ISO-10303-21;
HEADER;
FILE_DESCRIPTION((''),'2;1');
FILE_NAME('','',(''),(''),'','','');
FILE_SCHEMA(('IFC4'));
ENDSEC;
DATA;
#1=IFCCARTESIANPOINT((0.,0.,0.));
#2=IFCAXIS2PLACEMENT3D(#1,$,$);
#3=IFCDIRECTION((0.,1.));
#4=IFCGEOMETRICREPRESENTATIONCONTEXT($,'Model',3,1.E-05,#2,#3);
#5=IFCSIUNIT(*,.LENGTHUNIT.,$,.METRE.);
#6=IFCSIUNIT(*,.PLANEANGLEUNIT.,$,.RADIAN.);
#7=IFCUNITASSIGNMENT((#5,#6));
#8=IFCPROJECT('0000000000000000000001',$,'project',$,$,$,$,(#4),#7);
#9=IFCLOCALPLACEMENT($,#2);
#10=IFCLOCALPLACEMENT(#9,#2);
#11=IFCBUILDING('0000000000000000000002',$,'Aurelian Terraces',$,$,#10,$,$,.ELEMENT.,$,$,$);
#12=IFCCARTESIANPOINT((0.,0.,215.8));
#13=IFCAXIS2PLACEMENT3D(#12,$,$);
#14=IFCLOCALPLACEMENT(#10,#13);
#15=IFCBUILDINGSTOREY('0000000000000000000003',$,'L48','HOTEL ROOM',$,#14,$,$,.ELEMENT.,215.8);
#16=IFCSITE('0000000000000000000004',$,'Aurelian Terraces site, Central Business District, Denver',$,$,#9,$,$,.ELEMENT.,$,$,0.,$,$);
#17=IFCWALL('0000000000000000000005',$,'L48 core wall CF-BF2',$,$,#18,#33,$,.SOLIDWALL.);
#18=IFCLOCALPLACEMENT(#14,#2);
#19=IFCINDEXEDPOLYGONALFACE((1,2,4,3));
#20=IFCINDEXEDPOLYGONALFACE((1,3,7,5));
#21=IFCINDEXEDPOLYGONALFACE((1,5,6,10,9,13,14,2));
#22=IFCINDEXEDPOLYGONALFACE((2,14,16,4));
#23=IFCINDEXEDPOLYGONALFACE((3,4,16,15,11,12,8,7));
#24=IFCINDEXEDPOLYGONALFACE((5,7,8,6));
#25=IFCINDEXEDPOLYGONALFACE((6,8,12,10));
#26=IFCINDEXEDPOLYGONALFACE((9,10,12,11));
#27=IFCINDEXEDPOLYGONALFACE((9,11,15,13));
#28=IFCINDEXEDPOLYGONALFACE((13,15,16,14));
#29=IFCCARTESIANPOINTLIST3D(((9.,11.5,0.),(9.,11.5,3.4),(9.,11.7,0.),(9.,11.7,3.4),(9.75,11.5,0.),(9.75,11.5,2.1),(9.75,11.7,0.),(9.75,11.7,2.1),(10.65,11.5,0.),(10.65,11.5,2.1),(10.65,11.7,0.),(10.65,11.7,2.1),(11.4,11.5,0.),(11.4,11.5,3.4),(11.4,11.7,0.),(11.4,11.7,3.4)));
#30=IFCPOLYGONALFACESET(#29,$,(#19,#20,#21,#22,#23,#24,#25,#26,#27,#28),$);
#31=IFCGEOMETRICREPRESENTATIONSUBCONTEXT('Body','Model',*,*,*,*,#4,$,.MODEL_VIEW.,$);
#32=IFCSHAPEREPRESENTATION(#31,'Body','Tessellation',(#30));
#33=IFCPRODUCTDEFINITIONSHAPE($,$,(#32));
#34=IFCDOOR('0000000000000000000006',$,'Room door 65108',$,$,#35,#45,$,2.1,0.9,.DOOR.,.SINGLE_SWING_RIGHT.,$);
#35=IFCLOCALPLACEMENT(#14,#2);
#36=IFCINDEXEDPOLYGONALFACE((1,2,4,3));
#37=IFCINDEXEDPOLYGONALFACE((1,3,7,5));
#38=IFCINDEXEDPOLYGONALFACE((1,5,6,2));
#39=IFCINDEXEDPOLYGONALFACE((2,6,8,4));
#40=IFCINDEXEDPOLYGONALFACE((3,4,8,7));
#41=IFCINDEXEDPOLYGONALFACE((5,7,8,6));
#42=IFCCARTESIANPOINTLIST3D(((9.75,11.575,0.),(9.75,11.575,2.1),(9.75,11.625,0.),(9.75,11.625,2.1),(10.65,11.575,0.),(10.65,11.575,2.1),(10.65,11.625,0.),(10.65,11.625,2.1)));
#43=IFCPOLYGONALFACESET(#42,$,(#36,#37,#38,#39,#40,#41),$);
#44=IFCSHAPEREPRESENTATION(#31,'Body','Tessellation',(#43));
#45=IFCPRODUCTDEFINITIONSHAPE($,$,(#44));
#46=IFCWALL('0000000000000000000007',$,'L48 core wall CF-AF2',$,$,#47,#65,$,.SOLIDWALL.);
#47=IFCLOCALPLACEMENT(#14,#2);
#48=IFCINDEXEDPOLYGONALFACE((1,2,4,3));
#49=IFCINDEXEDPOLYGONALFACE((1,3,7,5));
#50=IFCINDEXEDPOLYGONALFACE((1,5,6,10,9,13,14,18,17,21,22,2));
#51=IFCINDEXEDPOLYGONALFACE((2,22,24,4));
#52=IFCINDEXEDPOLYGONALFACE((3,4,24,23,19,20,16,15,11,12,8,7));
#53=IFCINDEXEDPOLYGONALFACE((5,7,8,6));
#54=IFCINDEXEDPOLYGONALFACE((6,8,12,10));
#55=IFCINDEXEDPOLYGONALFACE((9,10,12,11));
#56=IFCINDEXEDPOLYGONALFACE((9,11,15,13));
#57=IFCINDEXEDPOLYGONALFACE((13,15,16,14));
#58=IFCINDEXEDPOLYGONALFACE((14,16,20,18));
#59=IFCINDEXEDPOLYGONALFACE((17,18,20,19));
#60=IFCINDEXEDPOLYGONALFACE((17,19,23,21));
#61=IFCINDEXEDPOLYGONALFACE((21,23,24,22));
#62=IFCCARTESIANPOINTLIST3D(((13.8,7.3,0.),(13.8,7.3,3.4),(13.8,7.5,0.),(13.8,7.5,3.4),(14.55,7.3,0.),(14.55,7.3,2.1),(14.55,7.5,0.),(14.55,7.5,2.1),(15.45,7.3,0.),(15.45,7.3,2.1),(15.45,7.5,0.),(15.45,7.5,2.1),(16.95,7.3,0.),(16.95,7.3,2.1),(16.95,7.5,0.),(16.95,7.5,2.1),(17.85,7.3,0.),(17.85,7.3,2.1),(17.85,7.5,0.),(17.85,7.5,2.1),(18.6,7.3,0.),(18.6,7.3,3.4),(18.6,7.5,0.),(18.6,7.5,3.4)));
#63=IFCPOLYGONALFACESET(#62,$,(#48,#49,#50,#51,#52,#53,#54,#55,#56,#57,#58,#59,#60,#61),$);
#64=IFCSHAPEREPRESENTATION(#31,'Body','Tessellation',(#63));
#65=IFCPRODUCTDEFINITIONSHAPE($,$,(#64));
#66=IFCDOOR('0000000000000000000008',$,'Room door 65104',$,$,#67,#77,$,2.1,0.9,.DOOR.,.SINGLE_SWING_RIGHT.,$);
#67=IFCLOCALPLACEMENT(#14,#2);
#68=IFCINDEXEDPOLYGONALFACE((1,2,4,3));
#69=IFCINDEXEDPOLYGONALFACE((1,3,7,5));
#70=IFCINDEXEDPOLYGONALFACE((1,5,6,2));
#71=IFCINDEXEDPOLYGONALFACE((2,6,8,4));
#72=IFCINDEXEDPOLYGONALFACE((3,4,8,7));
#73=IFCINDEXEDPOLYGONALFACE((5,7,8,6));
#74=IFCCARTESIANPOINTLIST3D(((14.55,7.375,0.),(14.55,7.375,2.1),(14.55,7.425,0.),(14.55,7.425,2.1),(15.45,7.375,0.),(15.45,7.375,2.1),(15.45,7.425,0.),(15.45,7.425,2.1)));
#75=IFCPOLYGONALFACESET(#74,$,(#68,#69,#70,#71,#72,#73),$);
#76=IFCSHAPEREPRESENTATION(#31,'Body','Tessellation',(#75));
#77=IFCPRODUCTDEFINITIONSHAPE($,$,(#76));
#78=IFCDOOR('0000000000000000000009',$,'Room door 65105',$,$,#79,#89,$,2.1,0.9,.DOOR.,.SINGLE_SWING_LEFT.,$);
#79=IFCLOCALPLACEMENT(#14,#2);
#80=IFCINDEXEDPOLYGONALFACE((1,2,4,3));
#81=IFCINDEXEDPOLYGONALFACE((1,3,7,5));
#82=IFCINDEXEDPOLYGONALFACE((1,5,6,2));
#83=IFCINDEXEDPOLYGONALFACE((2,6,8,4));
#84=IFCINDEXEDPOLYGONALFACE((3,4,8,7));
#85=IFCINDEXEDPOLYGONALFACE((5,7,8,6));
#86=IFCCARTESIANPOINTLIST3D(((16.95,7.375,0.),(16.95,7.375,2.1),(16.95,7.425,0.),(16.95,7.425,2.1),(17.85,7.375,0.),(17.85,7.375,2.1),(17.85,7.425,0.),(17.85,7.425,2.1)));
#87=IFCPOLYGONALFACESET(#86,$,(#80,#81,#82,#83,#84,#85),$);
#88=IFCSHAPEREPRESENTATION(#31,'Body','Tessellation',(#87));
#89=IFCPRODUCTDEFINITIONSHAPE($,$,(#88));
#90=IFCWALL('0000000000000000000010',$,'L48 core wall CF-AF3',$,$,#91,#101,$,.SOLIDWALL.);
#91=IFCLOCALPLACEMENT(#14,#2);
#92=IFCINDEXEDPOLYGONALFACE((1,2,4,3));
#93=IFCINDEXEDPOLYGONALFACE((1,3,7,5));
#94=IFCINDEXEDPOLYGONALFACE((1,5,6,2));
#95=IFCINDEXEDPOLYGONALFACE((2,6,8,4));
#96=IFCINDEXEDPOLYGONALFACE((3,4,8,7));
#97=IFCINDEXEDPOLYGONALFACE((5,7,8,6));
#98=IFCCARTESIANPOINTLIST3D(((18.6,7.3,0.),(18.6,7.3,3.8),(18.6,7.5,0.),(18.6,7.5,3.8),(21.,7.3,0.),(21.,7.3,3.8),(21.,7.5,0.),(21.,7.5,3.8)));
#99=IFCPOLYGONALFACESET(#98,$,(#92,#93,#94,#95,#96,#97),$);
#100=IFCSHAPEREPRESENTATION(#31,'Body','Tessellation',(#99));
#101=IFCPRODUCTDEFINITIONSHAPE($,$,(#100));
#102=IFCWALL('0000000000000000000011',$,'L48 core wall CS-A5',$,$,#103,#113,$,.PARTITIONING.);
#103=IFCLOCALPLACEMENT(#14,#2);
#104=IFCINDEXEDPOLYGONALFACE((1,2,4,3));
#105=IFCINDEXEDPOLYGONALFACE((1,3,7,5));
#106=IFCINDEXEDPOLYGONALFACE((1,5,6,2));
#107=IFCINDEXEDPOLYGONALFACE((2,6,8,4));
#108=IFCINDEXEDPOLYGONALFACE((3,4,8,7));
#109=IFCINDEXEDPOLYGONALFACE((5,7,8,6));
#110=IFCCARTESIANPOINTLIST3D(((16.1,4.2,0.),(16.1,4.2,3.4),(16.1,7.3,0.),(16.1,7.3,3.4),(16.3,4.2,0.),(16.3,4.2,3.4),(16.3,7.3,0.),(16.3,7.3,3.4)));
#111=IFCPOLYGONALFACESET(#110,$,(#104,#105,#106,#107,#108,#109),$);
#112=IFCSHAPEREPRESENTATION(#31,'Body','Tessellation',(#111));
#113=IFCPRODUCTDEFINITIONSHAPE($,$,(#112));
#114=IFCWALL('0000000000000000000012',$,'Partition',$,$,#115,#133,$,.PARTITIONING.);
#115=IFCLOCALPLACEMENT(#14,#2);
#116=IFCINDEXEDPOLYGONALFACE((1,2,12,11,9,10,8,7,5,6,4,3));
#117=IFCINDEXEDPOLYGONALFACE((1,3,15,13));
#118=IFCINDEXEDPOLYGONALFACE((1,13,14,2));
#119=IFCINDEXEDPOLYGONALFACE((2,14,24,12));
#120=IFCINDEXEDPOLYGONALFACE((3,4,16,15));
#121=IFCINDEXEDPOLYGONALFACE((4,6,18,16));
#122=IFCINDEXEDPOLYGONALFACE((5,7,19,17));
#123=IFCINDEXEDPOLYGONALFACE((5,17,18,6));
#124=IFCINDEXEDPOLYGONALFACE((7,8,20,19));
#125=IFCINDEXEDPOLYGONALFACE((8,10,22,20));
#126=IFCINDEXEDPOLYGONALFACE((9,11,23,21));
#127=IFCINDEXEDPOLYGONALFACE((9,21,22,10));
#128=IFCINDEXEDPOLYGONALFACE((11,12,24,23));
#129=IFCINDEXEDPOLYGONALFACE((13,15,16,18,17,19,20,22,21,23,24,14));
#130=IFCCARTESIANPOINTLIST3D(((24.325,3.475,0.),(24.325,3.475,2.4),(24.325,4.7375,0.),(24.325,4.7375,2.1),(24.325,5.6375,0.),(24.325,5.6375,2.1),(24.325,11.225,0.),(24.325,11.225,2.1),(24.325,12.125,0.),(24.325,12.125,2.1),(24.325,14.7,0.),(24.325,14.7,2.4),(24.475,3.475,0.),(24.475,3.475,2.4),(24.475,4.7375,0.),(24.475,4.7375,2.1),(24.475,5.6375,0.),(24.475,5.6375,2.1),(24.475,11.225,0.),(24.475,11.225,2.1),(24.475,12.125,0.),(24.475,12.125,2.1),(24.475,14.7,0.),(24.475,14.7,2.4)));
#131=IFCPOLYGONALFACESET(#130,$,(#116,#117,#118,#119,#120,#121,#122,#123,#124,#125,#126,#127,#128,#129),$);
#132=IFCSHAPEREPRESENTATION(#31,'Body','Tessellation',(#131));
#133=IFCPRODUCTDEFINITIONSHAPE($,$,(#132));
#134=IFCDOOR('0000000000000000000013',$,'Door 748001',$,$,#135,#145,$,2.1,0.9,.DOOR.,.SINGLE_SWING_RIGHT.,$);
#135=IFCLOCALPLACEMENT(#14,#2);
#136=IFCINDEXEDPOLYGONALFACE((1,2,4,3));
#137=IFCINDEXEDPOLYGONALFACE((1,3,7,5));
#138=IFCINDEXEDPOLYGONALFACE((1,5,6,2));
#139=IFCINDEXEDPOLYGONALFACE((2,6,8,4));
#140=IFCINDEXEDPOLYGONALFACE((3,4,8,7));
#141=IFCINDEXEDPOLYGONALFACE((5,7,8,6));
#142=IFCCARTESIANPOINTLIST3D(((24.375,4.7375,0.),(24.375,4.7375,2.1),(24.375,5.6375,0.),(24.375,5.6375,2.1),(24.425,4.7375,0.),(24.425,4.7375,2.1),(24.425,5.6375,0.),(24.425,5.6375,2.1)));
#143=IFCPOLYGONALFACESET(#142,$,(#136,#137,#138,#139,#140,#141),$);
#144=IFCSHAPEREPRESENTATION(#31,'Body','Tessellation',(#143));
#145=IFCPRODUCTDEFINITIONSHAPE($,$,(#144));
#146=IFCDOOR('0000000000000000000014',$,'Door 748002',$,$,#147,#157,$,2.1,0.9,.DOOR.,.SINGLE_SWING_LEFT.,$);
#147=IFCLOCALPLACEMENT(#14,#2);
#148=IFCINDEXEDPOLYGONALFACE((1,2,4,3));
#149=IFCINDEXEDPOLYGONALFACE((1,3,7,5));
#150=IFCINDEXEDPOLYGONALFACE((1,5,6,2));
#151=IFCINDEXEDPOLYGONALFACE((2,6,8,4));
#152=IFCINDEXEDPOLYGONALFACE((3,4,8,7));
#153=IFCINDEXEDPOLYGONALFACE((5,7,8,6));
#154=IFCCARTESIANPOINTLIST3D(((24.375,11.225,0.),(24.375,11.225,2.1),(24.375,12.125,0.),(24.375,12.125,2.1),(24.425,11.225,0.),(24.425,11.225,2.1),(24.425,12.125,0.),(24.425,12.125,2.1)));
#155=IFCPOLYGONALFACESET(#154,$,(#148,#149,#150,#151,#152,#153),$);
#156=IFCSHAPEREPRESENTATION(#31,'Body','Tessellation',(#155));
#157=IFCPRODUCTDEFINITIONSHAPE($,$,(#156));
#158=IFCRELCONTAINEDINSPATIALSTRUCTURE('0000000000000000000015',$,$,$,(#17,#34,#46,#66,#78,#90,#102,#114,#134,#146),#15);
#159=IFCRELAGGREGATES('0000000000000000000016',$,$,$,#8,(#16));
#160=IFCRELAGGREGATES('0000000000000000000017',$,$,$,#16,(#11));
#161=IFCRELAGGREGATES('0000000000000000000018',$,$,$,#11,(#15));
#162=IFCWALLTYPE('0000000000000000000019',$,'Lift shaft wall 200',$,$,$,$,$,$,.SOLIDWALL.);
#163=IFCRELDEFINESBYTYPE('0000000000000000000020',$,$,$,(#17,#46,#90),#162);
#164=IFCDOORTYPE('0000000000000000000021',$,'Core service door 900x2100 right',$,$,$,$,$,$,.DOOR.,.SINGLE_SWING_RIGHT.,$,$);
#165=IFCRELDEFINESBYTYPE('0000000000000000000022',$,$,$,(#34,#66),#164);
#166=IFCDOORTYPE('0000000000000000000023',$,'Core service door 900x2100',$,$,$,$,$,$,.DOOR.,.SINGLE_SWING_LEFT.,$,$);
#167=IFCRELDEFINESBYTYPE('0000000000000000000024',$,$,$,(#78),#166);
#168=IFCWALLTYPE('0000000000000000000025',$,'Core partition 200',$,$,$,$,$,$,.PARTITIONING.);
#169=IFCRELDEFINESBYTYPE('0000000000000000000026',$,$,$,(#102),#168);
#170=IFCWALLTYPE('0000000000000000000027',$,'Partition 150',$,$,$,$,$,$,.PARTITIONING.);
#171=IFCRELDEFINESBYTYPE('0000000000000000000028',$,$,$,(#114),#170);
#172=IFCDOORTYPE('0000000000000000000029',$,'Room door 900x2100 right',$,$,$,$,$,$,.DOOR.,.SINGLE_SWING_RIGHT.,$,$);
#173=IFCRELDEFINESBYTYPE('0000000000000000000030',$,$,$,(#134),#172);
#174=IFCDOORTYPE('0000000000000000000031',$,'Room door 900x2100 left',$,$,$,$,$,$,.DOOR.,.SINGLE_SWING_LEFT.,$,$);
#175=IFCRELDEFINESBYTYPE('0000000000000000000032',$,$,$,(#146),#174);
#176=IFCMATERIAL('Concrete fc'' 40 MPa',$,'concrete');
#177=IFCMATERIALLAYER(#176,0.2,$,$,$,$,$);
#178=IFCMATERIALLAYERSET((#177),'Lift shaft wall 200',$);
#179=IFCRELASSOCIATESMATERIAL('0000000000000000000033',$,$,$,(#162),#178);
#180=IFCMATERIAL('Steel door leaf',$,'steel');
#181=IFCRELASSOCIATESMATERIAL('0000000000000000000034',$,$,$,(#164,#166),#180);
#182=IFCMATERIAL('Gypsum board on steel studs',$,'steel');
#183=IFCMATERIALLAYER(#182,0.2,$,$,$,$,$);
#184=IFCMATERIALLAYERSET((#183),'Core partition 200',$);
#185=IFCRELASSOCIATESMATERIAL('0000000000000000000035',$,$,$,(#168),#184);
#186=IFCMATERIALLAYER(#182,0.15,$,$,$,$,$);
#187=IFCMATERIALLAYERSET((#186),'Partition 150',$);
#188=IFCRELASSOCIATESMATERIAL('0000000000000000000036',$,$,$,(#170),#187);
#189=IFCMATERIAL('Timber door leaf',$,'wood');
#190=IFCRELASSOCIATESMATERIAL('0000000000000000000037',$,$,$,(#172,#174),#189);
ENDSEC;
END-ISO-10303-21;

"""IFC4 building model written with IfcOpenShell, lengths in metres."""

from ifc_helpers import new_model, si_unit, direction, frame, frame_2d, origin, place, context, subcontext, project, spatial, rectangle, extrude, source, transform, mapped, material, layer, layer_set, type_object, element, fill, save


model = new_model("IFC4")

# Units and contexts
model_context = context("Model", 3, precision=1e-05, world=origin(), true_north=direction((0.0, 1.0)))
body_context = subcontext(model_context, "Body", "Model", "MODEL_VIEW")
ifc_project = project(units=[si_unit("LENGTHUNIT", "METRE"), si_unit("PLANEANGLEUNIT", "RADIAN")], contexts=[model_context])

# Site, building, storey
site_placement = place(None, origin())
site = spatial("IfcSite", under=ifc_project, at=site_placement, Name="Aurelian Terraces site, Central Business District, Denver", CompositionType="ELEMENT", RefElevation=0.0)
building_placement = place(site_placement, origin())
building = spatial("IfcBuilding", under=site, at=building_placement, Name="Aurelian Terraces", CompositionType="ELEMENT")
storey_placement = place(building_placement, frame((0.0, 0.0, 215.8)))
storey = spatial("IfcBuildingStorey", under=building, at=storey_placement, Name="L48", Description="HOTEL ROOM", CompositionType="ELEMENT", Elevation=215.8)

# Shared definitions
ifc_material_1 = material(Name="Steel door leaf", Category="steel")

# Shared definitions
ifc_material_2 = material(Name="Concrete fc' 40 MPa", Category="concrete")
ifc_layer_1 = layer(ifc_material_2, 0.2)
ifc_layer_set_1 = layer_set([ifc_layer_1], Name="Lift shaft wall 200")
wall_type_1 = type_object("IfcWallType", Name="Lift shaft wall 200", PredefinedType="SOLIDWALL", material=ifc_layer_set_1)

# Wall, opening, door
shared_shape_1 = source(origin(), body_context, "Body", "SweptSolid", [
    extrude(rectangle(XDim=2.4, YDim=0.2, at=frame_2d((1.2, 0.0))), origin(), (0.0, 0.0, 1.0), 3.4),
])
wall_1_placement = place(storey_placement, frame((9.0, 11.6, 0.0), z_axis=(0.0, 0.0, 1.0), x_axis=(1.0, 0.0, 0.0)))
wall_1 = element("IfcWall", 1, at=wall_1_placement, inside=storey, type_object=wall_type_1, Name="L48 core wall CF-BF2", PredefinedType="SOLIDWALL", context=body_context, shape_type="MappedRepresentation", body=[
    mapped(shared_shape_1, transform((0.0, 0.0, 0.0), scale=1.0)),
])
shared_shape_2 = source(origin(), body_context, "Body", "SweptSolid", [
    extrude(rectangle(XDim=0.9, YDim=2.1, at=frame_2d((0.45, 1.05))), frame((0.0, 0.11, 0.0), z_axis=(0.0, -1.0, 0.0), x_axis=(1.0, 0.0, 0.0)), (0.0, 0.0, 1.0), 0.22),
])
opening_1_placement = place(wall_1_placement, frame((0.75, 0.0, 0.0)))
opening_1 = element("IfcOpeningElement", 2, at=opening_1_placement, cuts=wall_1, PredefinedType="OPENING", context=body_context, shape_type="MappedRepresentation", body=[
    mapped(shared_shape_2, transform((0.0, 0.0, 0.0), scale=1.0)),
])
door_type_1 = type_object("IfcDoorType", Name="Core service door 900x2100 right", OperationType="SINGLE_SWING_RIGHT", PredefinedType="DOOR", material=ifc_material_1)
shared_shape_3 = source(origin(), body_context, "Body", "SweptSolid", [
    extrude(rectangle(XDim=0.9, YDim=2.1, at=frame_2d((0.45, 1.05))), frame((0.0, 0.025, 0.0), z_axis=(0.0, -1.0, 0.0), x_axis=(1.0, 0.0, 0.0)), (0.0, 0.0, 1.0), 0.05),
])
door_1_placement = place(opening_1_placement, origin())
door_1 = element("IfcDoor", 3, at=door_1_placement, inside=storey, type_object=door_type_1, Name="Room door 65108", OperationType="SINGLE_SWING_RIGHT", OverallHeight=2.1, OverallWidth=0.9, PredefinedType="DOOR", context=body_context, shape_type="MappedRepresentation", body=[
    mapped(shared_shape_3, transform((0.0, 0.0, 0.0), scale=1.0)),
])
fill(opening_1, door_1)

# Wall, openings, doors
shared_shape_4 = source(origin(), body_context, "Body", "SweptSolid", [
    extrude(rectangle(XDim=4.8, YDim=0.2, at=frame_2d((2.4, 0.0))), origin(), (0.0, 0.0, 1.0), 3.4),
])
wall_2_placement = place(storey_placement, frame((13.8, 7.4, 0.0), z_axis=(0.0, 0.0, 1.0), x_axis=(1.0, 0.0, 0.0)))
wall_2 = element("IfcWall", 4, at=wall_2_placement, inside=storey, type_object=wall_type_1, Name="L48 core wall CF-AF2", PredefinedType="SOLIDWALL", context=body_context, shape_type="MappedRepresentation", body=[
    mapped(shared_shape_4, transform((0.0, 0.0, 0.0), scale=1.0)),
])
opening_2_placement = place(wall_2_placement, frame((0.75, 0.0, 0.0)))
opening_2 = element("IfcOpeningElement", 5, at=opening_2_placement, cuts=wall_2, PredefinedType="OPENING", context=body_context, shape_type="MappedRepresentation", body=[
    mapped(shared_shape_2, transform((0.0, 0.0, 0.0), scale=1.0)),
])
opening_3_placement = place(wall_2_placement, frame((3.15, 0.0, 0.0)))
opening_3 = element("IfcOpeningElement", 6, at=opening_3_placement, cuts=wall_2, PredefinedType="OPENING", context=body_context, shape_type="MappedRepresentation", body=[
    mapped(shared_shape_2, transform((0.0, 0.0, 0.0), scale=1.0)),
])
door_2_placement = place(opening_2_placement, origin())
door_2 = element("IfcDoor", 7, at=door_2_placement, inside=storey, type_object=door_type_1, Name="Room door 65104", OperationType="SINGLE_SWING_RIGHT", OverallHeight=2.1, OverallWidth=0.9, PredefinedType="DOOR", context=body_context, shape_type="MappedRepresentation", body=[
    mapped(shared_shape_3, transform((0.0, 0.0, 0.0), scale=1.0)),
])
fill(opening_2, door_2)
door_type_2 = type_object("IfcDoorType", Name="Core service door 900x2100", OperationType="SINGLE_SWING_LEFT", PredefinedType="DOOR", material=ifc_material_1)
door_3_placement = place(opening_3_placement, origin())
door_3 = element("IfcDoor", 8, at=door_3_placement, inside=storey, type_object=door_type_2, Name="Room door 65105", OperationType="SINGLE_SWING_LEFT", OverallHeight=2.1, OverallWidth=0.9, PredefinedType="DOOR", context=body_context, shape_type="MappedRepresentation", body=[
    mapped(shared_shape_3, transform((0.0, 0.0, 0.0), scale=1.0)),
])
fill(opening_3, door_3)

# Walls
shared_shape_5 = source(origin(), body_context, "Body", "SweptSolid", [
    extrude(rectangle(XDim=2.4, YDim=0.2, at=frame_2d((1.2, 0.0))), origin(), (0.0, 0.0, 1.0), 3.8),
])
wall_3_placement = place(storey_placement, frame((18.6, 7.4, 0.0), z_axis=(0.0, 0.0, 1.0), x_axis=(1.0, 0.0, 0.0)))
element("IfcWall", 9, at=wall_3_placement, inside=storey, type_object=wall_type_1, Name="L48 core wall CF-AF3", PredefinedType="SOLIDWALL", context=body_context, shape_type="MappedRepresentation", body=[
    mapped(shared_shape_5, transform((0.0, 0.0, 0.0), scale=1.0)),
])
ifc_material_3 = material(Name="Gypsum board on steel studs", Category="steel")
ifc_layer_2 = layer(ifc_material_3, 0.2)
ifc_layer_set_2 = layer_set([ifc_layer_2], Name="Core partition 200")
wall_type_2 = type_object("IfcWallType", Name="Core partition 200", PredefinedType="PARTITIONING", material=ifc_layer_set_2)
shared_shape_6 = source(origin(), body_context, "Body", "SweptSolid", [
    extrude(rectangle(XDim=3.1, YDim=0.2, at=frame_2d((1.55, 0.0))), origin(), (0.0, 0.0, 1.0), 3.4),
])
wall_4_placement = place(storey_placement, frame((16.2, 4.2, 0.0), z_axis=(0.0, 0.0, 1.0), x_axis=(0.0, 1.0, 0.0)))
element("IfcWall", 10, at=wall_4_placement, inside=storey, type_object=wall_type_2, Name="L48 core wall CS-A5", PredefinedType="PARTITIONING", context=body_context, shape_type="MappedRepresentation", body=[
    mapped(shared_shape_6, transform((0.0, 0.0, 0.0), scale=1.0)),
])

# Wall, openings, doors
ifc_layer_3 = layer(ifc_material_3, 0.15)
ifc_layer_set_3 = layer_set([ifc_layer_3], Name="Partition 150")
wall_type_3 = type_object("IfcWallType", Name="Partition 150", PredefinedType="PARTITIONING", material=ifc_layer_set_3)
shared_shape_7 = source(origin(), body_context, "Body", "SweptSolid", [
    extrude(rectangle(XDim=11.225, YDim=0.15, at=frame_2d((5.6125, 0.0))), origin(), (0.0, 0.0, 1.0), 2.4),
])
wall_5_placement = place(storey_placement, frame((24.4, 14.7, 0.0), z_axis=(0.0, 0.0, 1.0), x_axis=(0.0, -1.0, 0.0)))
wall_5 = element("IfcWall", 11, at=wall_5_placement, inside=storey, type_object=wall_type_3, Name="Partition", PredefinedType="PARTITIONING", context=body_context, shape_type="MappedRepresentation", body=[
    mapped(shared_shape_7, transform((0.0, 0.0, 0.0), scale=1.0)),
])
shared_shape_8 = source(origin(), body_context, "Body", "SweptSolid", [
    extrude(rectangle(XDim=0.9, YDim=2.1, at=frame_2d((0.45, 1.05))), frame((0.0, 0.085, 0.0), z_axis=(0.0, -1.0, 0.0), x_axis=(1.0, 0.0, 0.0)), (0.0, 0.0, 1.0), 0.17),
])
opening_4_placement = place(wall_5_placement, frame((9.0625, 0.0, 0.0)))
opening_4 = element("IfcOpeningElement", 12, at=opening_4_placement, cuts=wall_5, PredefinedType="OPENING", context=body_context, shape_type="MappedRepresentation", body=[
    mapped(shared_shape_8, transform((0.0, 0.0, 0.0), scale=1.0)),
])
opening_5_placement = place(wall_5_placement, frame((2.575, 0.0, 0.0)))
opening_5 = element("IfcOpeningElement", 13, at=opening_5_placement, cuts=wall_5, PredefinedType="OPENING", context=body_context, shape_type="MappedRepresentation", body=[
    mapped(shared_shape_8, transform((0.0, 0.0, 0.0), scale=1.0)),
])
ifc_material_4 = material(Name="Timber door leaf", Category="wood")
door_type_3 = type_object("IfcDoorType", Name="Room door 900x2100 right", OperationType="SINGLE_SWING_RIGHT", PredefinedType="DOOR", material=ifc_material_4)
door_4_placement = place(opening_4_placement, origin())
door_4 = element("IfcDoor", 14, at=door_4_placement, inside=storey, type_object=door_type_3, Name="Door 748001", OperationType="SINGLE_SWING_RIGHT", OverallHeight=2.1, OverallWidth=0.9, PredefinedType="DOOR", context=body_context, shape_type="MappedRepresentation", body=[
    mapped(shared_shape_3, transform((0.0, 0.0, 0.0), scale=1.0)),
])
fill(opening_4, door_4)
door_type_4 = type_object("IfcDoorType", Name="Room door 900x2100 left", OperationType="SINGLE_SWING_LEFT", PredefinedType="DOOR", material=ifc_material_4)
door_5_placement = place(opening_5_placement, origin())
door_5 = element("IfcDoor", 15, at=door_5_placement, inside=storey, type_object=door_type_4, Name="Door 748002", OperationType="SINGLE_SWING_LEFT", OverallHeight=2.1, OverallWidth=0.9, PredefinedType="DOOR", context=body_context, shape_type="MappedRepresentation", body=[
    mapped(shared_shape_3, transform((0.0, 0.0, 0.0), scale=1.0)),
])
fill(opening_5, door_5)

save(model, "model.ifc")
